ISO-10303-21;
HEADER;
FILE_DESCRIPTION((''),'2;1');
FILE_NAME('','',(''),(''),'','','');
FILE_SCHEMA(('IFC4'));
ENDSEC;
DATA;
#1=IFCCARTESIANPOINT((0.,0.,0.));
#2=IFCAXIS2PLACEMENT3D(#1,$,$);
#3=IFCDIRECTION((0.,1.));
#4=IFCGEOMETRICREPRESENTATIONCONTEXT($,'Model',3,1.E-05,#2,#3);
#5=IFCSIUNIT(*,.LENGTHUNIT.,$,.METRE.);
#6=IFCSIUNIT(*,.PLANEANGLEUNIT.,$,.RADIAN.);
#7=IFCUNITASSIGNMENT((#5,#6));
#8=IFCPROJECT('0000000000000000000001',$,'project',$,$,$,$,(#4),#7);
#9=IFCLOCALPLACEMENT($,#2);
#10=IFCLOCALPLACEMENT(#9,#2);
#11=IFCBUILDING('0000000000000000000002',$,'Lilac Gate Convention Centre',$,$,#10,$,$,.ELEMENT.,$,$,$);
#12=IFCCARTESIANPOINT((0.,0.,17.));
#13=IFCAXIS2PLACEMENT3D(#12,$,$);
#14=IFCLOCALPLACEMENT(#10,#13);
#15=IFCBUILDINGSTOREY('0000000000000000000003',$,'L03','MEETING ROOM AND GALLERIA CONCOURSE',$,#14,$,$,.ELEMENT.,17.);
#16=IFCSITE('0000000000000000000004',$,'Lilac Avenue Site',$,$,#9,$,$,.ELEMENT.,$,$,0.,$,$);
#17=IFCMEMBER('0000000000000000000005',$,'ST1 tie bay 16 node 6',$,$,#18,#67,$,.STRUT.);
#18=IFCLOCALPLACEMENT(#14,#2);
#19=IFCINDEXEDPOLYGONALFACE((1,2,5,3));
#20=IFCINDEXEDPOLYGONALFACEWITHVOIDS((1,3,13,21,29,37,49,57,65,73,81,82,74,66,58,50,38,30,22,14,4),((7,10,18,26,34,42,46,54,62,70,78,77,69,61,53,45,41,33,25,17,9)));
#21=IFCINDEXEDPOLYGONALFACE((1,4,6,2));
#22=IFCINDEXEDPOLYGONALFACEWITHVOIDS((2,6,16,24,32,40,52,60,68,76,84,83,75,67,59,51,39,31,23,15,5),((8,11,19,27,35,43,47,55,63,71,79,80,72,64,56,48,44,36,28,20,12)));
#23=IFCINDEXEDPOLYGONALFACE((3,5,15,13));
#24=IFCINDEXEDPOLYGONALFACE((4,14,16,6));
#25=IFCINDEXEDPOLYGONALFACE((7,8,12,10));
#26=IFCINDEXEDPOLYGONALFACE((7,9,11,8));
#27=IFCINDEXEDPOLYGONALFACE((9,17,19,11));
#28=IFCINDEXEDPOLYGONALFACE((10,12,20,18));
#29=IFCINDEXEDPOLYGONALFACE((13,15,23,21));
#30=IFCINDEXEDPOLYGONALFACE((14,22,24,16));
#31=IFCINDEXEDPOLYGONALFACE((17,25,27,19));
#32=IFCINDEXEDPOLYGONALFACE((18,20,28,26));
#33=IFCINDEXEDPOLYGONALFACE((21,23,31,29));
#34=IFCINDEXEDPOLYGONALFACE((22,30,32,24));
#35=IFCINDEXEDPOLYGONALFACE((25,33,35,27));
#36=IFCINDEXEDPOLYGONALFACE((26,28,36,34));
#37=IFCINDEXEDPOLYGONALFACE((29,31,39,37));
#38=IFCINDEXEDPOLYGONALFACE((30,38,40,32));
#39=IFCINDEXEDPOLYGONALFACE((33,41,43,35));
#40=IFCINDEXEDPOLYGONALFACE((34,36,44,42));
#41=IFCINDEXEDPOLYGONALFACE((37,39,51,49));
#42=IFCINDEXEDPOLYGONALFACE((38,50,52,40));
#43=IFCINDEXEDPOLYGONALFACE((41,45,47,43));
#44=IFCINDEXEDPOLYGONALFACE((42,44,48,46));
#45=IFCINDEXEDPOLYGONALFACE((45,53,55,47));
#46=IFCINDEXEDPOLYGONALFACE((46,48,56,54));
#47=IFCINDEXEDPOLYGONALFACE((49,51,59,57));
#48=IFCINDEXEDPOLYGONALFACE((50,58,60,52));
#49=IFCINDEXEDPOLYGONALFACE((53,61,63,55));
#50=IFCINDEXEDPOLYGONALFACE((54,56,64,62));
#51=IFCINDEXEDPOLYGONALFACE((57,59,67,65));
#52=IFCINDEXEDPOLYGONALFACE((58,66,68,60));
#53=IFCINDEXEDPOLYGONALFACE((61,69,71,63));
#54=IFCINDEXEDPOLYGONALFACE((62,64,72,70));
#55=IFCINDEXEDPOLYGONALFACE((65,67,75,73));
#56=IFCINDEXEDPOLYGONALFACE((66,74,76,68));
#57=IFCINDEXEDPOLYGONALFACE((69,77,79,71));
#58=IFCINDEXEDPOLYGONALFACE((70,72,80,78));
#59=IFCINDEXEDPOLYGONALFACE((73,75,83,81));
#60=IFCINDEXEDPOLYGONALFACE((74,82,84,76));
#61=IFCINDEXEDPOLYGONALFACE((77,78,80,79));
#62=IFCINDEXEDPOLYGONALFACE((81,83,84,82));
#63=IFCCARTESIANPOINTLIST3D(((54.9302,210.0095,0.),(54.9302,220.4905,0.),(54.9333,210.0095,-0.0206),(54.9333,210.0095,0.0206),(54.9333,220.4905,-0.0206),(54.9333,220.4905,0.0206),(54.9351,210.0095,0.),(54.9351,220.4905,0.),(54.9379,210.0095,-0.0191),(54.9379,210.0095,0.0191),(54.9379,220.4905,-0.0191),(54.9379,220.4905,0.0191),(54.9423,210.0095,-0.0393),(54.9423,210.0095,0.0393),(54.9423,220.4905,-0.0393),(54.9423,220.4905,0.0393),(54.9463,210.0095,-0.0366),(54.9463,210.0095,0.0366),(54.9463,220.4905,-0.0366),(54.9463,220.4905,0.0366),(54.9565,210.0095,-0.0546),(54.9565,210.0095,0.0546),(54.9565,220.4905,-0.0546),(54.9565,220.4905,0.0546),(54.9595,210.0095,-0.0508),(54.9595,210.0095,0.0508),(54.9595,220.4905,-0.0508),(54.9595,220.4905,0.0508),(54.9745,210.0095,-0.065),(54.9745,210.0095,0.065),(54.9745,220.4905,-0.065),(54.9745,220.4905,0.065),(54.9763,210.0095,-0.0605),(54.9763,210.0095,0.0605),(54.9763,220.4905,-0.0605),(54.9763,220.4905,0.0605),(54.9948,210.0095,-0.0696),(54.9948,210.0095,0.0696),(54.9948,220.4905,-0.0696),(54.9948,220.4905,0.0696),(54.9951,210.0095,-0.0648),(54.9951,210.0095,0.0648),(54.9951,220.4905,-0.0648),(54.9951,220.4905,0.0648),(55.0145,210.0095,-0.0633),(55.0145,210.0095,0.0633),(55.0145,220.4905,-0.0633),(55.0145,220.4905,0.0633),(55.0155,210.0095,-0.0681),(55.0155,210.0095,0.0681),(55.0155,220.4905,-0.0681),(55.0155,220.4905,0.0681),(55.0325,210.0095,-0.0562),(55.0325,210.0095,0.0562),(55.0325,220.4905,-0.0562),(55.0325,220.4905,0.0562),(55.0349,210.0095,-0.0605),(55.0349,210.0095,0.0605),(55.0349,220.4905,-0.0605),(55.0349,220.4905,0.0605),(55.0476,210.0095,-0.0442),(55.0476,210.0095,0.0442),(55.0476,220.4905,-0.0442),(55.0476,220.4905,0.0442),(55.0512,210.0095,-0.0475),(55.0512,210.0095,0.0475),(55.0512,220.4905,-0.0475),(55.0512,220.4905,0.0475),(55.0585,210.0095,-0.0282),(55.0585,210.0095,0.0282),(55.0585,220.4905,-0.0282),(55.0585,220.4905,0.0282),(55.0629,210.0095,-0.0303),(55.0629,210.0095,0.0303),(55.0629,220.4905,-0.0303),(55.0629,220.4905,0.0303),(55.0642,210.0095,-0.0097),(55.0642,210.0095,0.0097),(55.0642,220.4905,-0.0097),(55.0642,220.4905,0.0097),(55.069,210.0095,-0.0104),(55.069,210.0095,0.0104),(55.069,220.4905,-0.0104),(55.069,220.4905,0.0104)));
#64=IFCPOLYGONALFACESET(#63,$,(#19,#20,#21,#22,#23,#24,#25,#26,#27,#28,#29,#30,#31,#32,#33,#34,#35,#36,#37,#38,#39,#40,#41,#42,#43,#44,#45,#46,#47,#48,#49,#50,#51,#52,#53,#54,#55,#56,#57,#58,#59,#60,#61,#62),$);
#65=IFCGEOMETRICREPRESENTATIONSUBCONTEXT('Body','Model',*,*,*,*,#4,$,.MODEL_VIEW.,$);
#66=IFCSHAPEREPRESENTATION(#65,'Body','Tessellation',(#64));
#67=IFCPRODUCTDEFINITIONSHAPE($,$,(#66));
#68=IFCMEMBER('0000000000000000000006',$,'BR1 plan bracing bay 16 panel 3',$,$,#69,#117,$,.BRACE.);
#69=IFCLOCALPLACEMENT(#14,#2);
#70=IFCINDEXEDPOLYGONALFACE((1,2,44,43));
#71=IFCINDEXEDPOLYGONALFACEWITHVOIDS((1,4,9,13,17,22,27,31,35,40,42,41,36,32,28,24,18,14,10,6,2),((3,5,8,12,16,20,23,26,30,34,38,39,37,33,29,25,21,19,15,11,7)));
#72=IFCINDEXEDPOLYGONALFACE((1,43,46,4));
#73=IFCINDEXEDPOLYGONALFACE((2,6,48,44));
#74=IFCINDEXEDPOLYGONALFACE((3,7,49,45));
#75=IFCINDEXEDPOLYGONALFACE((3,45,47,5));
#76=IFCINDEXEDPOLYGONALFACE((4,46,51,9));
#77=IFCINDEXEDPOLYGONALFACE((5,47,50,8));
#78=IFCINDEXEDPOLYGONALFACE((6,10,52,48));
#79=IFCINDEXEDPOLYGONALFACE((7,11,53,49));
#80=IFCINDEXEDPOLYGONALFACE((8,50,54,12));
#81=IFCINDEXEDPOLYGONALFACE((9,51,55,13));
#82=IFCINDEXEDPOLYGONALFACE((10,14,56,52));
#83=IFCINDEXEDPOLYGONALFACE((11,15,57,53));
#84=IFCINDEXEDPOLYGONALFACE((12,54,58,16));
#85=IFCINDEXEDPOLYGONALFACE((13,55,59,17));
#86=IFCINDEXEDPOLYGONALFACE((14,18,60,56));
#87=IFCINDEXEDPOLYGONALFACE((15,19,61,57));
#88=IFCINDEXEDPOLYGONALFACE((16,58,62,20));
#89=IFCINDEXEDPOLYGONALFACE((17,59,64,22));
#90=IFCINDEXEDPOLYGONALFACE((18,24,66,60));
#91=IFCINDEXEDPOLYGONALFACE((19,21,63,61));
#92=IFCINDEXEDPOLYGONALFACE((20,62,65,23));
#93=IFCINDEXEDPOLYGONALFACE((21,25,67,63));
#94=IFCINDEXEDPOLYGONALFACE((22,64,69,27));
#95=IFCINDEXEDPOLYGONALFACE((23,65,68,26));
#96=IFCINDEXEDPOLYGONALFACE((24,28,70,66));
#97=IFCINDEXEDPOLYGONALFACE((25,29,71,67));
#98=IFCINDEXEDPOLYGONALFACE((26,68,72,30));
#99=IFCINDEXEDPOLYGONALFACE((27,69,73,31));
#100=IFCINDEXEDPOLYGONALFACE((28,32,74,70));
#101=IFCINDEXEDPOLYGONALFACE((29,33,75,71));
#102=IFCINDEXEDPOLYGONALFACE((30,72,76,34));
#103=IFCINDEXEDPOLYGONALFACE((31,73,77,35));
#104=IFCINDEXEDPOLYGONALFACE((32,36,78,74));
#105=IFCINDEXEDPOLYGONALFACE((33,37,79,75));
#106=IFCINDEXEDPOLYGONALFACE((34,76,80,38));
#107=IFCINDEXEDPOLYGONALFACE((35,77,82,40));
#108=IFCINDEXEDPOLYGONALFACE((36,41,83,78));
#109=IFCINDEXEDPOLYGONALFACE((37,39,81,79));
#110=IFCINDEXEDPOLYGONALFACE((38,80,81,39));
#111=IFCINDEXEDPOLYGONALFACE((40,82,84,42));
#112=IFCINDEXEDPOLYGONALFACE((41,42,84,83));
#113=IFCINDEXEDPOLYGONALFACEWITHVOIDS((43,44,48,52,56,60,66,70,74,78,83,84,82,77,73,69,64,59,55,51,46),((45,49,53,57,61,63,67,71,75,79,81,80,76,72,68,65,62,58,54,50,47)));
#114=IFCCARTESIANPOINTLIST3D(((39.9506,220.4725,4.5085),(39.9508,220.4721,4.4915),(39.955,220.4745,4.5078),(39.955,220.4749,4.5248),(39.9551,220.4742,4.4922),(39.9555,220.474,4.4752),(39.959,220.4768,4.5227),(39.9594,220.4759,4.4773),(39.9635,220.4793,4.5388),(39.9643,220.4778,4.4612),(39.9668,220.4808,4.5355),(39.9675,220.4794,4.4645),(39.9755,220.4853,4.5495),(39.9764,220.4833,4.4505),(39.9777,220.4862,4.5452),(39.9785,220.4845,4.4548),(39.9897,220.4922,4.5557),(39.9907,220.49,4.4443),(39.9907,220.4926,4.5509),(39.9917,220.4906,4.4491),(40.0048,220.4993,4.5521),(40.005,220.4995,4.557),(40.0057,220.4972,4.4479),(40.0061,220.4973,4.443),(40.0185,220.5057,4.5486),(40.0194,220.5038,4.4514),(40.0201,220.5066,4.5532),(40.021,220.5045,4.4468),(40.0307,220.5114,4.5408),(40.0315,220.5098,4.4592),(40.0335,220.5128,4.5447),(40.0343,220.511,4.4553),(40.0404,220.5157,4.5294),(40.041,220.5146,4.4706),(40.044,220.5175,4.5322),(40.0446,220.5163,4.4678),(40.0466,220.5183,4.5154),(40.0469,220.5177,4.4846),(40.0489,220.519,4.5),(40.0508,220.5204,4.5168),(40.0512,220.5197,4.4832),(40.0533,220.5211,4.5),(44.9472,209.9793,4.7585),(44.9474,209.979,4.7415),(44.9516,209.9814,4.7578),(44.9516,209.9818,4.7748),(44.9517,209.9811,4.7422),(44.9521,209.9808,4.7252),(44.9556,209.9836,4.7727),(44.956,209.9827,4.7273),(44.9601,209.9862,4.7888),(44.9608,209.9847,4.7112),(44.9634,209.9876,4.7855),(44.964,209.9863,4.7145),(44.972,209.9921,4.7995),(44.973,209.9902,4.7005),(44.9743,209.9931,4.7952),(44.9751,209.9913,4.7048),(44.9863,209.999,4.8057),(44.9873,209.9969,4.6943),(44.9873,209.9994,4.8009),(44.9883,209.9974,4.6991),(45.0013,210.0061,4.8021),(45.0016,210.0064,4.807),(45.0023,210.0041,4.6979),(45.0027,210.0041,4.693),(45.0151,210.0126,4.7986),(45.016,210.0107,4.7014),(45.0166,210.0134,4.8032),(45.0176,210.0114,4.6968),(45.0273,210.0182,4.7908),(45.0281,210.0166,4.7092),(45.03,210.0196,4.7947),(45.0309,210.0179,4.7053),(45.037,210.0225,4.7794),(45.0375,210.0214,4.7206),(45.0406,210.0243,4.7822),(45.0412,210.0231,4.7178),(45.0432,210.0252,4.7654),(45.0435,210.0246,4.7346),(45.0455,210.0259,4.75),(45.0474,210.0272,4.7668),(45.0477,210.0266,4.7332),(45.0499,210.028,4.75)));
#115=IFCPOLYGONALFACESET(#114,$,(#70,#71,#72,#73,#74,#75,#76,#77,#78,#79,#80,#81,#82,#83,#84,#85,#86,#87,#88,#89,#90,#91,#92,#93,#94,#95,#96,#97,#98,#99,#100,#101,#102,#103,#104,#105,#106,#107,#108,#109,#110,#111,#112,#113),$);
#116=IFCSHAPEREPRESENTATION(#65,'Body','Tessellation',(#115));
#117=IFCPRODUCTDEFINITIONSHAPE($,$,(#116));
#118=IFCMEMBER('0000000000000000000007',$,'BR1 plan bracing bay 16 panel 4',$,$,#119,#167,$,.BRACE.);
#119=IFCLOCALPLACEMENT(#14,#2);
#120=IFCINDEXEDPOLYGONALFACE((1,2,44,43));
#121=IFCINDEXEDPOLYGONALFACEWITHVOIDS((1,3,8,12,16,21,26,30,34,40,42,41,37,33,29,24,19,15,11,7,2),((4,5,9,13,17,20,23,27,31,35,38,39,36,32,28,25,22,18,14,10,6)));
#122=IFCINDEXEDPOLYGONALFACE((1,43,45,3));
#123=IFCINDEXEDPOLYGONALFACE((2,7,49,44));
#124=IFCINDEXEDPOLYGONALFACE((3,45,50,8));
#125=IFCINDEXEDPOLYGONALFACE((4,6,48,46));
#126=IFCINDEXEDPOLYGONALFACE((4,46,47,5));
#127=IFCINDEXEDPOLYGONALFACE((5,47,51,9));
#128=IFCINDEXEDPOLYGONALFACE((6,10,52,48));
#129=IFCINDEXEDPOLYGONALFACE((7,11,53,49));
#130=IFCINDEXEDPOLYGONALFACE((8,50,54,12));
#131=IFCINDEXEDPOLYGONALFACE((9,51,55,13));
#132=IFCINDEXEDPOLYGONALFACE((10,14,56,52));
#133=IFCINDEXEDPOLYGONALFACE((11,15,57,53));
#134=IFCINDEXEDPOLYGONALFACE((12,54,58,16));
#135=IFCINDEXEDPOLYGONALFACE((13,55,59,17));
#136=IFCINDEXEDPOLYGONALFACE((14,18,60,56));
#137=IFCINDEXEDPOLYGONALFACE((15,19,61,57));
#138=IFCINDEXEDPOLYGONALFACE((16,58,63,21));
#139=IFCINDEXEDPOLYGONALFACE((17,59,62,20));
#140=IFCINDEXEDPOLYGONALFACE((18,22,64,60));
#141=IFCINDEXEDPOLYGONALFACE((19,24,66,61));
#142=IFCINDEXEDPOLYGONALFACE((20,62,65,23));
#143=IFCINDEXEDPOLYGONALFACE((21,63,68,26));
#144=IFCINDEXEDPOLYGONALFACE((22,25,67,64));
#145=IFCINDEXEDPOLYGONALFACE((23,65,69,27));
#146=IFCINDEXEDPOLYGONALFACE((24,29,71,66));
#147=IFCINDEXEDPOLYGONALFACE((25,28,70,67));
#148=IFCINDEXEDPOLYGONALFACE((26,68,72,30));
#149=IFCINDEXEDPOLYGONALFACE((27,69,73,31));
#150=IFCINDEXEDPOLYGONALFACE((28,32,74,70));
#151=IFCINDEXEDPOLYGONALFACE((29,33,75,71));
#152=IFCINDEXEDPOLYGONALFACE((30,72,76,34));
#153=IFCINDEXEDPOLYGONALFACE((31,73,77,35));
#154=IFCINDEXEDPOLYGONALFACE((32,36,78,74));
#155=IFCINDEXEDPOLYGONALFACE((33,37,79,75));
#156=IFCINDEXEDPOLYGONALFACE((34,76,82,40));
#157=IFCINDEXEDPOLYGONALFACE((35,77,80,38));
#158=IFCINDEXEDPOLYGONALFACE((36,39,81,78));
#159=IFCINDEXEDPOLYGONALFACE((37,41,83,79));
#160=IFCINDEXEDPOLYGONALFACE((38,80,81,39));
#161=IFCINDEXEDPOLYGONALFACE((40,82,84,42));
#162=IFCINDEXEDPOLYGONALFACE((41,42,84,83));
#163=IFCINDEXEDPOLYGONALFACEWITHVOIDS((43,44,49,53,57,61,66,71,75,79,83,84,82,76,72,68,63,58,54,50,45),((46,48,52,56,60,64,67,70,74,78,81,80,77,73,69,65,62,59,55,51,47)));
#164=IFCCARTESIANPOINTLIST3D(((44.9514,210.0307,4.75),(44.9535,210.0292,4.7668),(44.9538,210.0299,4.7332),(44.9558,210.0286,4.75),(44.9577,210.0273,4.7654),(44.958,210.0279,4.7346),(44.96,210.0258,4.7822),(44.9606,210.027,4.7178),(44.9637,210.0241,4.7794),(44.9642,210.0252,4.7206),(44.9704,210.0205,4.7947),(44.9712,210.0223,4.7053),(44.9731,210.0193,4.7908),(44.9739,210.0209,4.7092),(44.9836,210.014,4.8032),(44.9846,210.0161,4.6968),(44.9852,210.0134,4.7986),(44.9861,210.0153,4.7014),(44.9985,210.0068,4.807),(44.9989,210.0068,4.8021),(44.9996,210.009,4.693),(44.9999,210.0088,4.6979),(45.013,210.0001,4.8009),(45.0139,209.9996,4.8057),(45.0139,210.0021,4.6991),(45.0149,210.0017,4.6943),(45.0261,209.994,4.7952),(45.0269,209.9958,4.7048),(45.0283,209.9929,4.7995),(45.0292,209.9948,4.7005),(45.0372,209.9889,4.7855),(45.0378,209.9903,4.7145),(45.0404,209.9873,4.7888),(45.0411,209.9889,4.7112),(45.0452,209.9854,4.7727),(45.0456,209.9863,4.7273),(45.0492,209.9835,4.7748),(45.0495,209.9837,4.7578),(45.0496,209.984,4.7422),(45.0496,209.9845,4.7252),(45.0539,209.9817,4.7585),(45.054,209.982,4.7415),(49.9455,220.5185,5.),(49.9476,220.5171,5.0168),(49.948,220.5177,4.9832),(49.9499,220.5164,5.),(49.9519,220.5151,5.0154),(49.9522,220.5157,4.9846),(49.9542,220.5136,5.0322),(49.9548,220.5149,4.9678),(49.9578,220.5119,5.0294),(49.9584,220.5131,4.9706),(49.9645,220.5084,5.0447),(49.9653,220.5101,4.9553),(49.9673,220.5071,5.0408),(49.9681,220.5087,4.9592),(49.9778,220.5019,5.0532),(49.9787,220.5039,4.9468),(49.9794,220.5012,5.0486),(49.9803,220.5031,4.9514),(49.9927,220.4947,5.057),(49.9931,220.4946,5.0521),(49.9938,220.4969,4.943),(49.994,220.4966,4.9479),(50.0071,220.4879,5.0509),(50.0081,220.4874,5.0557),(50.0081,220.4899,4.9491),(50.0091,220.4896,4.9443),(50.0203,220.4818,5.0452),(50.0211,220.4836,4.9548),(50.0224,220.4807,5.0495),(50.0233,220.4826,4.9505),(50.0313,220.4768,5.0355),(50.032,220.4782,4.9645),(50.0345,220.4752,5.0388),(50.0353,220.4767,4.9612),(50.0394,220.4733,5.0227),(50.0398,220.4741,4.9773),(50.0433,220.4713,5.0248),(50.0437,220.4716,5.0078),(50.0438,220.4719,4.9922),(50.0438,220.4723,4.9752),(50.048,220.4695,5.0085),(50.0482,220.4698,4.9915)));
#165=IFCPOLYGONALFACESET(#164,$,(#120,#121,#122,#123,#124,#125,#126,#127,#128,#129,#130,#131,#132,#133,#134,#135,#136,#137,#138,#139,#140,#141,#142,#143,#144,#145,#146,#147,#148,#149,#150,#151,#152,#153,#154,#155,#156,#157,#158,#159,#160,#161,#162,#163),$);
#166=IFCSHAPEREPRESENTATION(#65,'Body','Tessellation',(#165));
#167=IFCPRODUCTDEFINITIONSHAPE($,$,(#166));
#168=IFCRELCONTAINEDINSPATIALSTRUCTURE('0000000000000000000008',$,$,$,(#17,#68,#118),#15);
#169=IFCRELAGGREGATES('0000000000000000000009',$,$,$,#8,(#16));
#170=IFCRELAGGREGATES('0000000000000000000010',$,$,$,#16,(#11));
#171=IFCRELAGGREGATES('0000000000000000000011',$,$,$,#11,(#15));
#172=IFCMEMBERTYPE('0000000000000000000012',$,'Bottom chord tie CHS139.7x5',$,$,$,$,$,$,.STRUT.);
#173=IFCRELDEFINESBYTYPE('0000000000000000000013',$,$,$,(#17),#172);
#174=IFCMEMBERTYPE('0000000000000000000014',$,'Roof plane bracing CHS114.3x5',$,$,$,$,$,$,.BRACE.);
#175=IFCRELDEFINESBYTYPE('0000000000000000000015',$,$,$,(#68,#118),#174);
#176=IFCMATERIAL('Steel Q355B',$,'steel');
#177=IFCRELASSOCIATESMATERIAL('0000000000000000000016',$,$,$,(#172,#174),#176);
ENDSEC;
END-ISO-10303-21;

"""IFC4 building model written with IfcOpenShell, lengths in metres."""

from ifc_helpers import new_model, si_unit, direction, frame, origin, origin_2d, place, context, subcontext, project, spatial, hollow_circle, extrude, material, material_profile, profile_set, type_object, element, save


model = new_model("IFC4")

# Units and contexts
model_context = context("Model", 3, precision=1e-05, world=origin(), true_north=direction((0.0, 1.0)))
body_context = subcontext(model_context, "Body", "Model", "MODEL_VIEW")
ifc_project = project(units=[si_unit("LENGTHUNIT", "METRE"), si_unit("PLANEANGLEUNIT", "RADIAN")], contexts=[model_context])

# Site, building, storey
site_placement = place(None, origin())
site = spatial("IfcSite", under=ifc_project, at=site_placement, Name="Lilac Avenue Site", CompositionType="ELEMENT", RefElevation=0.0)
building_placement = place(site_placement, origin())
building = spatial("IfcBuilding", under=site, at=building_placement, Name="Lilac Gate Convention Centre", CompositionType="ELEMENT")
storey_placement = place(building_placement, frame((0.0, 0.0, 17.0)))
storey = spatial("IfcBuildingStorey", under=building, at=storey_placement, Name="L03", Description="MEETING ROOM AND GALLERIA CONCOURSE", CompositionType="ELEMENT", Elevation=17.0)

# Members
ifc_material = material(Name="Steel Q355B", Category="steel")
ifc_material_profile_1 = material_profile(ifc_material, hollow_circle(Radius=0.0698, WallThickness=0.0049, at=origin_2d()), Name="CHS139.7x5")
ifc_profile_set_1 = profile_set([ifc_material_profile_1], Name="Steel Q355B")
member_type_1 = type_object("IfcMemberType", Name="Bottom chord tie CHS139.7x5", PredefinedType="STRUT", material=ifc_profile_set_1)
member_1_placement = place(storey_placement, frame((55.0, 210.0095, 0.0), z_axis=(0.0, 1.0, 0.0), x_axis=(-1.0, 0.0, 0.0)))
element("IfcMember", 1, at=member_1_placement, inside=storey, type_object=member_type_1, Name="ST1 tie bay 16 node 6", PredefinedType="STRUT", context=body_context, shape_type="SweptSolid", body=[
    extrude(hollow_circle(Radius=0.0698, WallThickness=0.0049, at=origin_2d()), origin(), (0.0, 0.0, 1.0), 10.481),
])
ifc_material_profile_2 = material_profile(ifc_material, hollow_circle(Radius=0.0571, WallThickness=0.0049, at=origin_2d()), Name="CHS114.3x5")
ifc_profile_set_2 = profile_set([ifc_material_profile_2], Name="Steel Q355B")
member_type_2 = type_object("IfcMemberType", Name="Roof plane bracing CHS114.3x5", PredefinedType="BRACE", material=ifc_profile_set_2)
member_2_placement = place(storey_placement, frame((40.0017, 220.4966, 4.5), z_axis=(0.429823, -0.902657, 0.021506), x_axis=(0.902866, 0.429922, 0.0)))
element("IfcMember", 2, at=member_2_placement, inside=storey, type_object=member_type_2, Name="BR1 plan bracing bay 16 panel 3", PredefinedType="BRACE", context=body_context, shape_type="SweptSolid", body=[
    extrude(hollow_circle(Radius=0.0571, WallThickness=0.0049, at=origin_2d()), origin(), (0.0, 0.0, 1.0), 11.6248),
])
for number, where, z_axis, x_axis, name in (
    (3, (45.0029, 210.0061, 4.75), (0.429831, 0.902653, 0.021517), (-0.902862, 0.42993, 0.0), "BR1 plan bracing bay 16 panel 4"),
):
    element("IfcMember", number, at=place(storey_placement, frame(where, z_axis=z_axis, x_axis=x_axis)), inside=storey, type_object=member_type_2, Name=name, PredefinedType="BRACE", context=body_context, shape_type="SweptSolid", body=[
        extrude(hollow_circle(Radius=0.0571, WallThickness=0.0049, at=origin_2d()), origin(), (0.0, 0.0, 1.0), 11.6189),
    ])

save(model, "model.ifc")
